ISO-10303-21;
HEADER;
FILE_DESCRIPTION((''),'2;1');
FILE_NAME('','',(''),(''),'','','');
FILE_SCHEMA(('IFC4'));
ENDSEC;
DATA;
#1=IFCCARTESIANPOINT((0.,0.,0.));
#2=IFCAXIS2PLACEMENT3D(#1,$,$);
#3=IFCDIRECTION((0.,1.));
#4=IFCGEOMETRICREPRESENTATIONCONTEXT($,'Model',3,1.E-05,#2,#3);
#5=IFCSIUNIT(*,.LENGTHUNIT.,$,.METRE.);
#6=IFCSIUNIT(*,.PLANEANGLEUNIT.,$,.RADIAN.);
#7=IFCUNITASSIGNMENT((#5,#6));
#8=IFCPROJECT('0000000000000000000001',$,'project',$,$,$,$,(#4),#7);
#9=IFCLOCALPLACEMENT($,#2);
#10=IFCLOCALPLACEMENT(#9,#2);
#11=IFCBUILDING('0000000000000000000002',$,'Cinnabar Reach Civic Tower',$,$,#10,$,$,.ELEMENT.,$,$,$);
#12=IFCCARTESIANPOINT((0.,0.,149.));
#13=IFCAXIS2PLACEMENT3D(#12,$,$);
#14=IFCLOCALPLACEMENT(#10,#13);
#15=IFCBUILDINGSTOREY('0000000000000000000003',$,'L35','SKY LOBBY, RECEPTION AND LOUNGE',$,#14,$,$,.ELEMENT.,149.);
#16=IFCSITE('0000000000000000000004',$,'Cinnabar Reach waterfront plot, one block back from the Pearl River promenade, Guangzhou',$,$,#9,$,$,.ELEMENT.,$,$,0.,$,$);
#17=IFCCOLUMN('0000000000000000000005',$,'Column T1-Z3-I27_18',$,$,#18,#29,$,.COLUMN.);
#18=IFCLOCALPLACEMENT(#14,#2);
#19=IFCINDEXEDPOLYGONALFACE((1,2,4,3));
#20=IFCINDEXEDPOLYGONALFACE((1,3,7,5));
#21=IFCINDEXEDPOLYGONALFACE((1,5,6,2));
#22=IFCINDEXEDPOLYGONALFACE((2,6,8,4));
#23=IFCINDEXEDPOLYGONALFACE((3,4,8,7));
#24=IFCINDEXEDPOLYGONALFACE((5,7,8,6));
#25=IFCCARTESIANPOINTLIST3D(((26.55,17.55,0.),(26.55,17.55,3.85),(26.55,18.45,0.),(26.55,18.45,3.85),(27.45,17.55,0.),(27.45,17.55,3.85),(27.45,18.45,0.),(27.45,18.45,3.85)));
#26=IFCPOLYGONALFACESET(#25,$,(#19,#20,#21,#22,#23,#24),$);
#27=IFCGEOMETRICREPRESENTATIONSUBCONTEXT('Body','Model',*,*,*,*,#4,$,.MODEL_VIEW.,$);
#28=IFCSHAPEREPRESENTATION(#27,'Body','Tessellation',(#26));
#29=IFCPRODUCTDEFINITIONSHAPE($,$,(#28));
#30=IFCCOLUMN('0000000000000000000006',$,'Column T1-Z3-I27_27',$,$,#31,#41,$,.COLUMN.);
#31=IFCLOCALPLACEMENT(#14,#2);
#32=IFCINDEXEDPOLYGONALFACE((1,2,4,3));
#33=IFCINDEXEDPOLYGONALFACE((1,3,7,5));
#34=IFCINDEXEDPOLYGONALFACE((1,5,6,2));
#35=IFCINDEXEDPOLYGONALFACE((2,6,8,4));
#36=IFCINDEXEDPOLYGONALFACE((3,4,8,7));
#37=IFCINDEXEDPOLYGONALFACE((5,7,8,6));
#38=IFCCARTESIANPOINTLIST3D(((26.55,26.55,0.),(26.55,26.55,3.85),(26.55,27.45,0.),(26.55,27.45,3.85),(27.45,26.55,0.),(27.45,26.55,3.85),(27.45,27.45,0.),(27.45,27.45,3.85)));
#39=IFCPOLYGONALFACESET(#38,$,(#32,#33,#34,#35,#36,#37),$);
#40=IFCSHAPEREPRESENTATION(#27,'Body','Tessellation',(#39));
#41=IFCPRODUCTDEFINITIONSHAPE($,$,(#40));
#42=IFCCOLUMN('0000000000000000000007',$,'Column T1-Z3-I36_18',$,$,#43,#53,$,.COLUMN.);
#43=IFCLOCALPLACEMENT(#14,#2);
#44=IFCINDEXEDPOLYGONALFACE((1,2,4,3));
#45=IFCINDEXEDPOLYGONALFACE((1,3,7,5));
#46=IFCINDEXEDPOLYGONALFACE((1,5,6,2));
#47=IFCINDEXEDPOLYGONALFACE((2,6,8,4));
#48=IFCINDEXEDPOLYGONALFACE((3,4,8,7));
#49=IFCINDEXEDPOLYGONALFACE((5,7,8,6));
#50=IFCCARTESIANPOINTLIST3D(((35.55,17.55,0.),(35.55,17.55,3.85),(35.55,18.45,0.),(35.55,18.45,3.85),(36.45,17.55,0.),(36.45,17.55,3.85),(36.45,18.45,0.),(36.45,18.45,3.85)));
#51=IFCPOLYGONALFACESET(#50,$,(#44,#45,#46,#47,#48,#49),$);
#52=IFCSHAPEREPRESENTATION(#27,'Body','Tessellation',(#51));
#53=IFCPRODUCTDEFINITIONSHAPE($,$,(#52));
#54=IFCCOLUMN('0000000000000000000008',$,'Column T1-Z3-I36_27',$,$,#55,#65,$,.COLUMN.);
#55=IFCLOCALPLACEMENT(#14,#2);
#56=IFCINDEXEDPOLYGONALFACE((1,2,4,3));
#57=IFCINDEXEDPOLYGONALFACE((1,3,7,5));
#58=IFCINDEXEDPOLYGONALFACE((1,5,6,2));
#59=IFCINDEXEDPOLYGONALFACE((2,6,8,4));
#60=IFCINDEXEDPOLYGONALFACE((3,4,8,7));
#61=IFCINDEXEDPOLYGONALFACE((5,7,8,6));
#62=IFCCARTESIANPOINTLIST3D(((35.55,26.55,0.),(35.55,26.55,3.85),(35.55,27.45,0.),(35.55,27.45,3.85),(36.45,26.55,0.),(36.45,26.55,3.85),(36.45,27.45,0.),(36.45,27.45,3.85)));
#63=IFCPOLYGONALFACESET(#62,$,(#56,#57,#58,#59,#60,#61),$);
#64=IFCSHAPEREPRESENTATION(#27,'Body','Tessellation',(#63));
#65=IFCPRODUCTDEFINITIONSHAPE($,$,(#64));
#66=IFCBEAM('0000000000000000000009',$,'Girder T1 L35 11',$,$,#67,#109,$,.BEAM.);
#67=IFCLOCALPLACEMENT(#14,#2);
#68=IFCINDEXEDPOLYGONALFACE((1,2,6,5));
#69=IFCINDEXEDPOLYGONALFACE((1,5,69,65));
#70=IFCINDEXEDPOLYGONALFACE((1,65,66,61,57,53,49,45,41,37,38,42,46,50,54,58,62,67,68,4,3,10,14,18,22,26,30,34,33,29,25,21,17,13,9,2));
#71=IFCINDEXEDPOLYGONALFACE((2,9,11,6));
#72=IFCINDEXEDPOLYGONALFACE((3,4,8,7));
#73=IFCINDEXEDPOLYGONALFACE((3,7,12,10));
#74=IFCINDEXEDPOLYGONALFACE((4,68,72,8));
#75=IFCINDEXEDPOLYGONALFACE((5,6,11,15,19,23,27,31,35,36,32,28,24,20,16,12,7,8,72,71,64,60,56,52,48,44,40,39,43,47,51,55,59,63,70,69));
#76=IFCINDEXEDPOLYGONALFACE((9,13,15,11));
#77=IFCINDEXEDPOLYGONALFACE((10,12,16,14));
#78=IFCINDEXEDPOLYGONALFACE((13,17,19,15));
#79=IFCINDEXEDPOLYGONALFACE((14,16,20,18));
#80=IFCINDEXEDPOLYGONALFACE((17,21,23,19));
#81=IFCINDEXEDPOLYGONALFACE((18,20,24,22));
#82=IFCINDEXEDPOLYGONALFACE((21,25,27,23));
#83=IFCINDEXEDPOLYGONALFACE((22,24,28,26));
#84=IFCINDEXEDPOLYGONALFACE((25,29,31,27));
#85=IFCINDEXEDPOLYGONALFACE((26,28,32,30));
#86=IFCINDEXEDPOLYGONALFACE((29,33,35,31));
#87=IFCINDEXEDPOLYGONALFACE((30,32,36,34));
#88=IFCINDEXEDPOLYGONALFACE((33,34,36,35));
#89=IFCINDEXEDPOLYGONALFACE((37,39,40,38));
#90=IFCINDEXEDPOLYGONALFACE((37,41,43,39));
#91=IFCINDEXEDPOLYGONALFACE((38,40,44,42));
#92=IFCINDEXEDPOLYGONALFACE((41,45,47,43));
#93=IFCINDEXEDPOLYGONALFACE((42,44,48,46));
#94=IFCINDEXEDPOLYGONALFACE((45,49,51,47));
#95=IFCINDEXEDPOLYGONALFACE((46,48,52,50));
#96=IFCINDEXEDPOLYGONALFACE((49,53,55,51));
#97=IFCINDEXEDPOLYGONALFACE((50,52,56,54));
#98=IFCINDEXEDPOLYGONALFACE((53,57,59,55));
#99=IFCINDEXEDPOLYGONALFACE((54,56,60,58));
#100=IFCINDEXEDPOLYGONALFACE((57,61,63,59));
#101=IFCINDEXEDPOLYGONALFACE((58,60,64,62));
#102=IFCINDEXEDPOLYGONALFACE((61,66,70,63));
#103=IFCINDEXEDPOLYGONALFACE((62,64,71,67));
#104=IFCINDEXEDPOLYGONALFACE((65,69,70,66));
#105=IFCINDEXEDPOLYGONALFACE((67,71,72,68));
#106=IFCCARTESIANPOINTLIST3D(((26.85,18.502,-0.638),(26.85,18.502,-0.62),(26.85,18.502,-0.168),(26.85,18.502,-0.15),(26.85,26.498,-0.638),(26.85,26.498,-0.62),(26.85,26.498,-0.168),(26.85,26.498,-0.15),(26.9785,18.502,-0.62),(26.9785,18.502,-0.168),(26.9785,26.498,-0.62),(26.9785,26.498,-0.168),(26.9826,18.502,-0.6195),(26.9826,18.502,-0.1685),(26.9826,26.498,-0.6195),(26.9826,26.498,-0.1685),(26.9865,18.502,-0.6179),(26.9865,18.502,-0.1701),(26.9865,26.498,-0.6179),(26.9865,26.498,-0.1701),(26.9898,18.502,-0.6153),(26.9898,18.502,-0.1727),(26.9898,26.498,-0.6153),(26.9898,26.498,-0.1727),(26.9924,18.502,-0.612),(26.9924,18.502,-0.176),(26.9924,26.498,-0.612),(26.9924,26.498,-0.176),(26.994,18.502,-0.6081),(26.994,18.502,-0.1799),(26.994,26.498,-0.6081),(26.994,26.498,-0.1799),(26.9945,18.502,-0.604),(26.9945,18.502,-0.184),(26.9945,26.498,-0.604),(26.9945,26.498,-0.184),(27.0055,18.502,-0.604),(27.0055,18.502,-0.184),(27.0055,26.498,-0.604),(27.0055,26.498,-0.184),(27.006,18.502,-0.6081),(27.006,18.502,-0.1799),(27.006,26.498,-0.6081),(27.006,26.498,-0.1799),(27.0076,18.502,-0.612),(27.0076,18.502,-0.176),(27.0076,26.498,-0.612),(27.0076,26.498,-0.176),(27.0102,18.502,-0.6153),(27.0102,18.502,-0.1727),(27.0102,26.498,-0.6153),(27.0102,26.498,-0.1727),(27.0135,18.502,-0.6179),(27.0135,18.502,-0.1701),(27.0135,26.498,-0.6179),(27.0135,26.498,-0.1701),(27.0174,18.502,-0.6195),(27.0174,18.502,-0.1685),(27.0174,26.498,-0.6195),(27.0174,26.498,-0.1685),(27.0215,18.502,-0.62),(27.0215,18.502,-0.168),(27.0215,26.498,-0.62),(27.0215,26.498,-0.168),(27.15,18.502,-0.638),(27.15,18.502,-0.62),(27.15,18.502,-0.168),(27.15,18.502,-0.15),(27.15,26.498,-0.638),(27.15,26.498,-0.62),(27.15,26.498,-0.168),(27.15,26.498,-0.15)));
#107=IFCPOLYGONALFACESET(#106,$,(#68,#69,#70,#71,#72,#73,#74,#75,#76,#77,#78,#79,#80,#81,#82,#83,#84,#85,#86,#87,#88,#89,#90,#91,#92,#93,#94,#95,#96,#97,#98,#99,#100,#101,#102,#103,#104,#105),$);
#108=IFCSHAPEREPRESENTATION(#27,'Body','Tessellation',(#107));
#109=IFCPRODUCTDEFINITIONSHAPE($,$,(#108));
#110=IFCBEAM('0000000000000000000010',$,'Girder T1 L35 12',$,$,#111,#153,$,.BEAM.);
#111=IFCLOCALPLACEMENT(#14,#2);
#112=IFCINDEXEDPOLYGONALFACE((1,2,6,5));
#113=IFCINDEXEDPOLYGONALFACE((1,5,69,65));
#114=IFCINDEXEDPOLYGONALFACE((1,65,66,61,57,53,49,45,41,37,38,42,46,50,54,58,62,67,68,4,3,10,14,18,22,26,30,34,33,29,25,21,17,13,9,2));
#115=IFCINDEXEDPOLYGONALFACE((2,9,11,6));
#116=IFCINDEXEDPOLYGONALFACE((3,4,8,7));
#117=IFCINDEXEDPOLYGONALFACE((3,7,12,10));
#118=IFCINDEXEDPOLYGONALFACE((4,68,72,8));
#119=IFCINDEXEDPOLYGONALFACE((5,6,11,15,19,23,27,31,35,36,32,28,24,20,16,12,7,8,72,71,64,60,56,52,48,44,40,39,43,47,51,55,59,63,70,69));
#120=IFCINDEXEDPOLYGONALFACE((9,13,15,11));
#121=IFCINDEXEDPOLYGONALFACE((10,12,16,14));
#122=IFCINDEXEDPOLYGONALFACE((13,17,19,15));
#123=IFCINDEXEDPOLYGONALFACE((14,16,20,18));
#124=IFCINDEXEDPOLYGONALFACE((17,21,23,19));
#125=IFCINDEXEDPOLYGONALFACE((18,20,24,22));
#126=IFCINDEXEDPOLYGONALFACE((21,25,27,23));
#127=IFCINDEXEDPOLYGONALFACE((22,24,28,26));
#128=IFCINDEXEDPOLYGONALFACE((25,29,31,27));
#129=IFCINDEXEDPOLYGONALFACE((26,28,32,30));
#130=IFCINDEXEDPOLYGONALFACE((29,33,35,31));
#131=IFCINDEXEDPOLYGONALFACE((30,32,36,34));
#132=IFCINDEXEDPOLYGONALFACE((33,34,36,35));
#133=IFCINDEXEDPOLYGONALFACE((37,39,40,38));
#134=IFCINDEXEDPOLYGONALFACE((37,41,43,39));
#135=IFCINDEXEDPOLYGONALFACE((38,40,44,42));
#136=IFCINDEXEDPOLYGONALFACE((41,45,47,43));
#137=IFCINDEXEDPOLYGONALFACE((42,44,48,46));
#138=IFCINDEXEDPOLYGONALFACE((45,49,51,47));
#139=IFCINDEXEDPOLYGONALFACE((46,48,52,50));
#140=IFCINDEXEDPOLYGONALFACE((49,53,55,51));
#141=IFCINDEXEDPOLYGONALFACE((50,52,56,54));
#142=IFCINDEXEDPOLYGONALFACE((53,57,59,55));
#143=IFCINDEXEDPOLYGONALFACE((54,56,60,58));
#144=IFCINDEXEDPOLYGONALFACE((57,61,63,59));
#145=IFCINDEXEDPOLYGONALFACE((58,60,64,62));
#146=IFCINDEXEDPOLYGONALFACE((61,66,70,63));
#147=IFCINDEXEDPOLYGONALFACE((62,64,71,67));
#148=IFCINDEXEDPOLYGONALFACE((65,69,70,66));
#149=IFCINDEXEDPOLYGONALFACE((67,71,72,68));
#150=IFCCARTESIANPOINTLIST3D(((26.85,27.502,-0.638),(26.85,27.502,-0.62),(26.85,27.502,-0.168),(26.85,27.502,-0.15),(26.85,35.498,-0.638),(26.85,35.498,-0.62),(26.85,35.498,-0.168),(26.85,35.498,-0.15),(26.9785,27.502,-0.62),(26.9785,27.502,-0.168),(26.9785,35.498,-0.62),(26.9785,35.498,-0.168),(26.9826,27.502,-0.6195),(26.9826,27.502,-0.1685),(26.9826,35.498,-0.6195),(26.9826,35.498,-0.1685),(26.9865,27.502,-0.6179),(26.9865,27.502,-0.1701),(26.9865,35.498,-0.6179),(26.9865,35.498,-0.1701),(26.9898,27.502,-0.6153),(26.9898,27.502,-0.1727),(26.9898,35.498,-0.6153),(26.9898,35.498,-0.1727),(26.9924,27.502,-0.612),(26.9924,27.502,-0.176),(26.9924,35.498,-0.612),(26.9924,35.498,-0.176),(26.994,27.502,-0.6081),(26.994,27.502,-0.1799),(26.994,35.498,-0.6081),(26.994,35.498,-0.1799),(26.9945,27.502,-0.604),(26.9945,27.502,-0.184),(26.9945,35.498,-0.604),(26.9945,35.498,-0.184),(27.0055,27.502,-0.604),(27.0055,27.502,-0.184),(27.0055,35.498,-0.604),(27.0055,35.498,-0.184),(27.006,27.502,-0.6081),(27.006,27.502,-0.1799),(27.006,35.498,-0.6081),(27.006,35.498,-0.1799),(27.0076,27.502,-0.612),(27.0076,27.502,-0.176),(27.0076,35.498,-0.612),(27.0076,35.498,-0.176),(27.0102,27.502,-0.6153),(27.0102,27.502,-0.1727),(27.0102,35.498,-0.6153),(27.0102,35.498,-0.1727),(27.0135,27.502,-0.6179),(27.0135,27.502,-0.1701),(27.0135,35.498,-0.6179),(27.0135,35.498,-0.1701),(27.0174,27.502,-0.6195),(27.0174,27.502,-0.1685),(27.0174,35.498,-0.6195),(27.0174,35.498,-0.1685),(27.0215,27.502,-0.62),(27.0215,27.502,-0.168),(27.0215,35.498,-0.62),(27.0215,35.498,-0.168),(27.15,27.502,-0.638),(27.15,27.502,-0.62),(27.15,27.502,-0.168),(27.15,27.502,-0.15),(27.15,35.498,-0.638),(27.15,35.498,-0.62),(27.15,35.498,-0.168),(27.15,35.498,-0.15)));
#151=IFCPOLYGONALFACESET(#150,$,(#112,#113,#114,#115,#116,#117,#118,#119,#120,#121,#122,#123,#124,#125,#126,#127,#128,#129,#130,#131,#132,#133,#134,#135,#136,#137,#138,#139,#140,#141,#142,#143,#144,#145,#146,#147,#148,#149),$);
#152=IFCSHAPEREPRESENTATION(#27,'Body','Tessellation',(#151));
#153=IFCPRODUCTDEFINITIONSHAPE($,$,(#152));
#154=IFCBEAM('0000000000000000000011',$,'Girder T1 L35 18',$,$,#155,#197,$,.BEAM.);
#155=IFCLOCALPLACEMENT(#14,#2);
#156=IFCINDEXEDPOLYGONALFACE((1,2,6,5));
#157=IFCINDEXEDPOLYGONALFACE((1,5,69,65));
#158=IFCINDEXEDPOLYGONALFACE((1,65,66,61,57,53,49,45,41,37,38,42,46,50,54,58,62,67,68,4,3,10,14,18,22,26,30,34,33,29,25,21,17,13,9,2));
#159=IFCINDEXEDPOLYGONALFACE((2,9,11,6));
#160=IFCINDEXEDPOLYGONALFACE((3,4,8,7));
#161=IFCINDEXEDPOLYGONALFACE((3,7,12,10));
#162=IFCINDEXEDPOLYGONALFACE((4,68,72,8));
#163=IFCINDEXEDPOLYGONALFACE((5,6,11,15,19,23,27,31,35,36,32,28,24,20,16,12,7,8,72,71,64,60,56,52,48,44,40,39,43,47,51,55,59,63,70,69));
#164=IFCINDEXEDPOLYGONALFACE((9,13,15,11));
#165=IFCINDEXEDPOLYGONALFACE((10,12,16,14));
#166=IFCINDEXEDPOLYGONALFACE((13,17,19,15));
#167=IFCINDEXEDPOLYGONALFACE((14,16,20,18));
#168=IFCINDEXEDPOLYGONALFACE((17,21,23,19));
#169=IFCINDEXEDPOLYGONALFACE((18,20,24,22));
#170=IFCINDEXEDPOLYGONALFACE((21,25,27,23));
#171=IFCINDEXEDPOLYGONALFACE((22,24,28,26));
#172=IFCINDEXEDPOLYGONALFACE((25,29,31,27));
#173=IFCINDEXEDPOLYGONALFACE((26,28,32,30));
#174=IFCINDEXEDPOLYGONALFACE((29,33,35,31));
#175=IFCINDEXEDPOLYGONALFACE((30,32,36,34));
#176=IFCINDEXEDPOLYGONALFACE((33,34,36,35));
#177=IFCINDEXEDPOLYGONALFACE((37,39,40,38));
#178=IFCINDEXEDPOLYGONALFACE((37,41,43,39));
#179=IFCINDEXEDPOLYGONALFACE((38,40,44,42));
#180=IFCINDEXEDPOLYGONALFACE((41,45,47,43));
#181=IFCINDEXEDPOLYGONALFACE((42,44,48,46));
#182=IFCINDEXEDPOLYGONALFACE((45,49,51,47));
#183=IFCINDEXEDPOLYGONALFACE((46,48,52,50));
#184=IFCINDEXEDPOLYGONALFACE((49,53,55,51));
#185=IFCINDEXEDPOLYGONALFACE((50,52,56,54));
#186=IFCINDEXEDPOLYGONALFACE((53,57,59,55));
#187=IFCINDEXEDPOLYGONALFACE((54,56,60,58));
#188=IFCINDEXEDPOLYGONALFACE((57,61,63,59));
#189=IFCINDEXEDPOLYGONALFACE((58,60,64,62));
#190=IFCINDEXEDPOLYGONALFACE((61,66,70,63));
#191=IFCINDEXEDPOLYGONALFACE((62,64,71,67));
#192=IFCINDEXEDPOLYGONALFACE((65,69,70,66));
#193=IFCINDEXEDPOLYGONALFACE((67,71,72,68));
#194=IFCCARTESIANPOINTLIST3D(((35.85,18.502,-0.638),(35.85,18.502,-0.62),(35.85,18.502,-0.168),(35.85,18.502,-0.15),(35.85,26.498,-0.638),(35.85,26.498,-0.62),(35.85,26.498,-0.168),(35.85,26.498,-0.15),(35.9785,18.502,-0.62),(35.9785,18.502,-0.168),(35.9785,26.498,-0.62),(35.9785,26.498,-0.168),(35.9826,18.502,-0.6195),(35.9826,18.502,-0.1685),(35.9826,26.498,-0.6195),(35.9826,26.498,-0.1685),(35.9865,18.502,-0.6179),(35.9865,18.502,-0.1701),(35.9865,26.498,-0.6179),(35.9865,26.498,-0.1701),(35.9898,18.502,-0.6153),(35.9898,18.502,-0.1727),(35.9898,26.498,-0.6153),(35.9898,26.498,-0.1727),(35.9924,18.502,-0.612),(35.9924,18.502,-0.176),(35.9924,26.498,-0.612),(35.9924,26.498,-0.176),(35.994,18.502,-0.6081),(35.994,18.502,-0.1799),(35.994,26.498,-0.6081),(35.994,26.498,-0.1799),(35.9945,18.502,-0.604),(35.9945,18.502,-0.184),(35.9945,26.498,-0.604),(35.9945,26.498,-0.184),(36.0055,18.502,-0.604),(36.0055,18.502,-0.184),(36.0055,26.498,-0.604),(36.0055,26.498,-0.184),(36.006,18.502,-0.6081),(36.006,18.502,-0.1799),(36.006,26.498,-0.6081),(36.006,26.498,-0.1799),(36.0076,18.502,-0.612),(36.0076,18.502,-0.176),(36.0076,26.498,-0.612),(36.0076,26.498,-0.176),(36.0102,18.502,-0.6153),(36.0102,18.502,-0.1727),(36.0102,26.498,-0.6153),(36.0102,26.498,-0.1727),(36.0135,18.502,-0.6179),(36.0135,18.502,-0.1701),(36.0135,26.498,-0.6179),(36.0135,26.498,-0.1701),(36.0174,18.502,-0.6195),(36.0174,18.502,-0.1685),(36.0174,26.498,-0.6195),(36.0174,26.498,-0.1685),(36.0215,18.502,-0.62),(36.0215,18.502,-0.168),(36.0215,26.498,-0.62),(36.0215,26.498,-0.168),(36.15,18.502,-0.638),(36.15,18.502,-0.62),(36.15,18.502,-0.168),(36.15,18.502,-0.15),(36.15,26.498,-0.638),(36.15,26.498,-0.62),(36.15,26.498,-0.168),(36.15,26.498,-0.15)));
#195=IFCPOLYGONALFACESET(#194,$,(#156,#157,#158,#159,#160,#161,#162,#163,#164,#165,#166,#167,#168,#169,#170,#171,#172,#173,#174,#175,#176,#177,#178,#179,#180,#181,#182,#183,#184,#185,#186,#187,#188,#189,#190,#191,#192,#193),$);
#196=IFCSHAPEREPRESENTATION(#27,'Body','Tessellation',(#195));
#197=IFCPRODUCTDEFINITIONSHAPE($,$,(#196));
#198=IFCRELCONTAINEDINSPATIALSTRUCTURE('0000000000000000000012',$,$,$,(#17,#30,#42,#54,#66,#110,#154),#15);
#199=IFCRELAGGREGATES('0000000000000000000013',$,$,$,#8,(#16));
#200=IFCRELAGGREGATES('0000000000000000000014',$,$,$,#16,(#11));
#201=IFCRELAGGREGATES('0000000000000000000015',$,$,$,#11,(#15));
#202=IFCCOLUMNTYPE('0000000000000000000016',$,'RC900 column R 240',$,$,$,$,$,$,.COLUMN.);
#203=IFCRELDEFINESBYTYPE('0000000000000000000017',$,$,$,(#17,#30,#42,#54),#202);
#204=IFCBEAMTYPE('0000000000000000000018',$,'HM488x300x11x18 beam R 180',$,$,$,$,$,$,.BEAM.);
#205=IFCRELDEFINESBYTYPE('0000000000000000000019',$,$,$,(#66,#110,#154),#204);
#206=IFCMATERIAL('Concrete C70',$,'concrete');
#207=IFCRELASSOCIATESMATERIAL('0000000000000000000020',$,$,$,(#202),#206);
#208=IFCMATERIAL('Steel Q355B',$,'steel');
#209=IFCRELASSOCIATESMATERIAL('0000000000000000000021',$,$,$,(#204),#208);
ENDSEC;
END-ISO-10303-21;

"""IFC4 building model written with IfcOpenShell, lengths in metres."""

from ifc_helpers import new_model, si_unit, direction, frame, origin, origin_2d, place, context, subcontext, project, spatial, rectangle, i_section, extrude, material, material_profile, profile_set, type_object, element, save


model = new_model("IFC4")

# Units and contexts
model_context = context("Model", 3, precision=1e-05, world=origin(), true_north=direction((0.0, 1.0)))
body_context = subcontext(model_context, "Body", "Model", "MODEL_VIEW")
ifc_project = project(units=[si_unit("LENGTHUNIT", "METRE"), si_unit("PLANEANGLEUNIT", "RADIAN")], contexts=[model_context])

# Site, building, storey
site_placement = place(None, origin())
site = spatial("IfcSite", under=ifc_project, at=site_placement, Name="Cinnabar Reach waterfront plot, one block back from the Pearl River promenade, Guangzhou", CompositionType="ELEMENT", RefElevation=0.0)
building_placement = place(site_placement, origin())
building = spatial("IfcBuilding", under=site, at=building_placement, Name="Cinnabar Reach Civic Tower", CompositionType="ELEMENT")
storey_placement = place(building_placement, frame((0.0, 0.0, 149.0)))
storey = spatial("IfcBuildingStorey", under=building, at=storey_placement, Name="L35", Description="SKY LOBBY, RECEPTION AND LOUNGE", CompositionType="ELEMENT", Elevation=149.0)

# Columns
ifc_material_1 = material(Name="Concrete C70", Category="concrete")
ifc_material_profile_1 = material_profile(ifc_material_1, rectangle(XDim=0.9, YDim=0.9, at=origin_2d()), Name="RC900")
ifc_profile_set_1 = profile_set([ifc_material_profile_1], Name="Concrete C70")
column_type = type_object("IfcColumnType", Name="RC900 column R 240", PredefinedType="COLUMN", material=ifc_profile_set_1)
for number, where, z_axis, x_axis, name in (
    (1, (27.0, 18.0, 0.0), (0.0, 0.0, 1.0), (1.0, 0.0, 0.0), "Column T1-Z3-I27_18"),
    (2, (27.0, 27.0, 0.0), (0.0, 0.0, 1.0), (1.0, 0.0, 0.0), "Column T1-Z3-I27_27"),
    (3, (36.0, 18.0, 0.0), (0.0, 0.0, 1.0), (1.0, 0.0, 0.0), "Column T1-Z3-I36_18"),
    (4, (36.0, 27.0, 0.0), (0.0, 0.0, 1.0), (1.0, 0.0, 0.0), "Column T1-Z3-I36_27"),
):
    element("IfcColumn", number, at=place(storey_placement, frame(where, z_axis=z_axis, x_axis=x_axis)), inside=storey, type_object=column_type, Name=name, PredefinedType="COLUMN", context=body_context, shape_type="SweptSolid", body=[
        extrude(rectangle(XDim=0.9, YDim=0.9, at=origin_2d()), origin(), (0.0, 0.0, 1.0), 3.85),
    ])

# Beams
ifc_material_2 = material(Name="Steel Q355B", Category="steel")
ifc_material_profile_2 = material_profile(ifc_material_2, i_section(OverallWidth=0.3, OverallDepth=0.488, WebThickness=0.011, FlangeThickness=0.018, FilletRadius=0.016, at=origin_2d()), Name="HM488x300x11x18")
ifc_profile_set_2 = profile_set([ifc_material_profile_2], Name="Steel Q355B")
beam_type_1 = type_object("IfcBeamType", Name="HM488x300x11x18 beam R 180", PredefinedType="BEAM", material=ifc_profile_set_2)
for number, where, z_axis, x_axis, name in (
    (5, (27.0, 18.502, -0.394), (0.0, 1.0, 0.0), (-1.0, 0.0, 0.0), "Girder T1 L35 11"),
    (6, (27.0, 27.502, -0.394), (0.0, 1.0, 0.0), (-1.0, 0.0, 0.0), "Girder T1 L35 12"),
    (7, (36.0, 18.502, -0.394), (0.0, 1.0, 0.0), (-1.0, 0.0, 0.0), "Girder T1 L35 18"),
):
    element("IfcBeam", number, at=place(storey_placement, frame(where, z_axis=z_axis, x_axis=x_axis)), inside=storey, type_object=beam_type_1, Name=name, PredefinedType="BEAM", context=body_context, shape_type="SweptSolid", body=[
        extrude(i_section(OverallWidth=0.3, OverallDepth=0.488, WebThickness=0.011, FlangeThickness=0.018, FilletRadius=0.016, at=origin_2d()), origin(), (0.0, 0.0, 1.0), 7.996),
    ])

save(model, "model.ifc")
